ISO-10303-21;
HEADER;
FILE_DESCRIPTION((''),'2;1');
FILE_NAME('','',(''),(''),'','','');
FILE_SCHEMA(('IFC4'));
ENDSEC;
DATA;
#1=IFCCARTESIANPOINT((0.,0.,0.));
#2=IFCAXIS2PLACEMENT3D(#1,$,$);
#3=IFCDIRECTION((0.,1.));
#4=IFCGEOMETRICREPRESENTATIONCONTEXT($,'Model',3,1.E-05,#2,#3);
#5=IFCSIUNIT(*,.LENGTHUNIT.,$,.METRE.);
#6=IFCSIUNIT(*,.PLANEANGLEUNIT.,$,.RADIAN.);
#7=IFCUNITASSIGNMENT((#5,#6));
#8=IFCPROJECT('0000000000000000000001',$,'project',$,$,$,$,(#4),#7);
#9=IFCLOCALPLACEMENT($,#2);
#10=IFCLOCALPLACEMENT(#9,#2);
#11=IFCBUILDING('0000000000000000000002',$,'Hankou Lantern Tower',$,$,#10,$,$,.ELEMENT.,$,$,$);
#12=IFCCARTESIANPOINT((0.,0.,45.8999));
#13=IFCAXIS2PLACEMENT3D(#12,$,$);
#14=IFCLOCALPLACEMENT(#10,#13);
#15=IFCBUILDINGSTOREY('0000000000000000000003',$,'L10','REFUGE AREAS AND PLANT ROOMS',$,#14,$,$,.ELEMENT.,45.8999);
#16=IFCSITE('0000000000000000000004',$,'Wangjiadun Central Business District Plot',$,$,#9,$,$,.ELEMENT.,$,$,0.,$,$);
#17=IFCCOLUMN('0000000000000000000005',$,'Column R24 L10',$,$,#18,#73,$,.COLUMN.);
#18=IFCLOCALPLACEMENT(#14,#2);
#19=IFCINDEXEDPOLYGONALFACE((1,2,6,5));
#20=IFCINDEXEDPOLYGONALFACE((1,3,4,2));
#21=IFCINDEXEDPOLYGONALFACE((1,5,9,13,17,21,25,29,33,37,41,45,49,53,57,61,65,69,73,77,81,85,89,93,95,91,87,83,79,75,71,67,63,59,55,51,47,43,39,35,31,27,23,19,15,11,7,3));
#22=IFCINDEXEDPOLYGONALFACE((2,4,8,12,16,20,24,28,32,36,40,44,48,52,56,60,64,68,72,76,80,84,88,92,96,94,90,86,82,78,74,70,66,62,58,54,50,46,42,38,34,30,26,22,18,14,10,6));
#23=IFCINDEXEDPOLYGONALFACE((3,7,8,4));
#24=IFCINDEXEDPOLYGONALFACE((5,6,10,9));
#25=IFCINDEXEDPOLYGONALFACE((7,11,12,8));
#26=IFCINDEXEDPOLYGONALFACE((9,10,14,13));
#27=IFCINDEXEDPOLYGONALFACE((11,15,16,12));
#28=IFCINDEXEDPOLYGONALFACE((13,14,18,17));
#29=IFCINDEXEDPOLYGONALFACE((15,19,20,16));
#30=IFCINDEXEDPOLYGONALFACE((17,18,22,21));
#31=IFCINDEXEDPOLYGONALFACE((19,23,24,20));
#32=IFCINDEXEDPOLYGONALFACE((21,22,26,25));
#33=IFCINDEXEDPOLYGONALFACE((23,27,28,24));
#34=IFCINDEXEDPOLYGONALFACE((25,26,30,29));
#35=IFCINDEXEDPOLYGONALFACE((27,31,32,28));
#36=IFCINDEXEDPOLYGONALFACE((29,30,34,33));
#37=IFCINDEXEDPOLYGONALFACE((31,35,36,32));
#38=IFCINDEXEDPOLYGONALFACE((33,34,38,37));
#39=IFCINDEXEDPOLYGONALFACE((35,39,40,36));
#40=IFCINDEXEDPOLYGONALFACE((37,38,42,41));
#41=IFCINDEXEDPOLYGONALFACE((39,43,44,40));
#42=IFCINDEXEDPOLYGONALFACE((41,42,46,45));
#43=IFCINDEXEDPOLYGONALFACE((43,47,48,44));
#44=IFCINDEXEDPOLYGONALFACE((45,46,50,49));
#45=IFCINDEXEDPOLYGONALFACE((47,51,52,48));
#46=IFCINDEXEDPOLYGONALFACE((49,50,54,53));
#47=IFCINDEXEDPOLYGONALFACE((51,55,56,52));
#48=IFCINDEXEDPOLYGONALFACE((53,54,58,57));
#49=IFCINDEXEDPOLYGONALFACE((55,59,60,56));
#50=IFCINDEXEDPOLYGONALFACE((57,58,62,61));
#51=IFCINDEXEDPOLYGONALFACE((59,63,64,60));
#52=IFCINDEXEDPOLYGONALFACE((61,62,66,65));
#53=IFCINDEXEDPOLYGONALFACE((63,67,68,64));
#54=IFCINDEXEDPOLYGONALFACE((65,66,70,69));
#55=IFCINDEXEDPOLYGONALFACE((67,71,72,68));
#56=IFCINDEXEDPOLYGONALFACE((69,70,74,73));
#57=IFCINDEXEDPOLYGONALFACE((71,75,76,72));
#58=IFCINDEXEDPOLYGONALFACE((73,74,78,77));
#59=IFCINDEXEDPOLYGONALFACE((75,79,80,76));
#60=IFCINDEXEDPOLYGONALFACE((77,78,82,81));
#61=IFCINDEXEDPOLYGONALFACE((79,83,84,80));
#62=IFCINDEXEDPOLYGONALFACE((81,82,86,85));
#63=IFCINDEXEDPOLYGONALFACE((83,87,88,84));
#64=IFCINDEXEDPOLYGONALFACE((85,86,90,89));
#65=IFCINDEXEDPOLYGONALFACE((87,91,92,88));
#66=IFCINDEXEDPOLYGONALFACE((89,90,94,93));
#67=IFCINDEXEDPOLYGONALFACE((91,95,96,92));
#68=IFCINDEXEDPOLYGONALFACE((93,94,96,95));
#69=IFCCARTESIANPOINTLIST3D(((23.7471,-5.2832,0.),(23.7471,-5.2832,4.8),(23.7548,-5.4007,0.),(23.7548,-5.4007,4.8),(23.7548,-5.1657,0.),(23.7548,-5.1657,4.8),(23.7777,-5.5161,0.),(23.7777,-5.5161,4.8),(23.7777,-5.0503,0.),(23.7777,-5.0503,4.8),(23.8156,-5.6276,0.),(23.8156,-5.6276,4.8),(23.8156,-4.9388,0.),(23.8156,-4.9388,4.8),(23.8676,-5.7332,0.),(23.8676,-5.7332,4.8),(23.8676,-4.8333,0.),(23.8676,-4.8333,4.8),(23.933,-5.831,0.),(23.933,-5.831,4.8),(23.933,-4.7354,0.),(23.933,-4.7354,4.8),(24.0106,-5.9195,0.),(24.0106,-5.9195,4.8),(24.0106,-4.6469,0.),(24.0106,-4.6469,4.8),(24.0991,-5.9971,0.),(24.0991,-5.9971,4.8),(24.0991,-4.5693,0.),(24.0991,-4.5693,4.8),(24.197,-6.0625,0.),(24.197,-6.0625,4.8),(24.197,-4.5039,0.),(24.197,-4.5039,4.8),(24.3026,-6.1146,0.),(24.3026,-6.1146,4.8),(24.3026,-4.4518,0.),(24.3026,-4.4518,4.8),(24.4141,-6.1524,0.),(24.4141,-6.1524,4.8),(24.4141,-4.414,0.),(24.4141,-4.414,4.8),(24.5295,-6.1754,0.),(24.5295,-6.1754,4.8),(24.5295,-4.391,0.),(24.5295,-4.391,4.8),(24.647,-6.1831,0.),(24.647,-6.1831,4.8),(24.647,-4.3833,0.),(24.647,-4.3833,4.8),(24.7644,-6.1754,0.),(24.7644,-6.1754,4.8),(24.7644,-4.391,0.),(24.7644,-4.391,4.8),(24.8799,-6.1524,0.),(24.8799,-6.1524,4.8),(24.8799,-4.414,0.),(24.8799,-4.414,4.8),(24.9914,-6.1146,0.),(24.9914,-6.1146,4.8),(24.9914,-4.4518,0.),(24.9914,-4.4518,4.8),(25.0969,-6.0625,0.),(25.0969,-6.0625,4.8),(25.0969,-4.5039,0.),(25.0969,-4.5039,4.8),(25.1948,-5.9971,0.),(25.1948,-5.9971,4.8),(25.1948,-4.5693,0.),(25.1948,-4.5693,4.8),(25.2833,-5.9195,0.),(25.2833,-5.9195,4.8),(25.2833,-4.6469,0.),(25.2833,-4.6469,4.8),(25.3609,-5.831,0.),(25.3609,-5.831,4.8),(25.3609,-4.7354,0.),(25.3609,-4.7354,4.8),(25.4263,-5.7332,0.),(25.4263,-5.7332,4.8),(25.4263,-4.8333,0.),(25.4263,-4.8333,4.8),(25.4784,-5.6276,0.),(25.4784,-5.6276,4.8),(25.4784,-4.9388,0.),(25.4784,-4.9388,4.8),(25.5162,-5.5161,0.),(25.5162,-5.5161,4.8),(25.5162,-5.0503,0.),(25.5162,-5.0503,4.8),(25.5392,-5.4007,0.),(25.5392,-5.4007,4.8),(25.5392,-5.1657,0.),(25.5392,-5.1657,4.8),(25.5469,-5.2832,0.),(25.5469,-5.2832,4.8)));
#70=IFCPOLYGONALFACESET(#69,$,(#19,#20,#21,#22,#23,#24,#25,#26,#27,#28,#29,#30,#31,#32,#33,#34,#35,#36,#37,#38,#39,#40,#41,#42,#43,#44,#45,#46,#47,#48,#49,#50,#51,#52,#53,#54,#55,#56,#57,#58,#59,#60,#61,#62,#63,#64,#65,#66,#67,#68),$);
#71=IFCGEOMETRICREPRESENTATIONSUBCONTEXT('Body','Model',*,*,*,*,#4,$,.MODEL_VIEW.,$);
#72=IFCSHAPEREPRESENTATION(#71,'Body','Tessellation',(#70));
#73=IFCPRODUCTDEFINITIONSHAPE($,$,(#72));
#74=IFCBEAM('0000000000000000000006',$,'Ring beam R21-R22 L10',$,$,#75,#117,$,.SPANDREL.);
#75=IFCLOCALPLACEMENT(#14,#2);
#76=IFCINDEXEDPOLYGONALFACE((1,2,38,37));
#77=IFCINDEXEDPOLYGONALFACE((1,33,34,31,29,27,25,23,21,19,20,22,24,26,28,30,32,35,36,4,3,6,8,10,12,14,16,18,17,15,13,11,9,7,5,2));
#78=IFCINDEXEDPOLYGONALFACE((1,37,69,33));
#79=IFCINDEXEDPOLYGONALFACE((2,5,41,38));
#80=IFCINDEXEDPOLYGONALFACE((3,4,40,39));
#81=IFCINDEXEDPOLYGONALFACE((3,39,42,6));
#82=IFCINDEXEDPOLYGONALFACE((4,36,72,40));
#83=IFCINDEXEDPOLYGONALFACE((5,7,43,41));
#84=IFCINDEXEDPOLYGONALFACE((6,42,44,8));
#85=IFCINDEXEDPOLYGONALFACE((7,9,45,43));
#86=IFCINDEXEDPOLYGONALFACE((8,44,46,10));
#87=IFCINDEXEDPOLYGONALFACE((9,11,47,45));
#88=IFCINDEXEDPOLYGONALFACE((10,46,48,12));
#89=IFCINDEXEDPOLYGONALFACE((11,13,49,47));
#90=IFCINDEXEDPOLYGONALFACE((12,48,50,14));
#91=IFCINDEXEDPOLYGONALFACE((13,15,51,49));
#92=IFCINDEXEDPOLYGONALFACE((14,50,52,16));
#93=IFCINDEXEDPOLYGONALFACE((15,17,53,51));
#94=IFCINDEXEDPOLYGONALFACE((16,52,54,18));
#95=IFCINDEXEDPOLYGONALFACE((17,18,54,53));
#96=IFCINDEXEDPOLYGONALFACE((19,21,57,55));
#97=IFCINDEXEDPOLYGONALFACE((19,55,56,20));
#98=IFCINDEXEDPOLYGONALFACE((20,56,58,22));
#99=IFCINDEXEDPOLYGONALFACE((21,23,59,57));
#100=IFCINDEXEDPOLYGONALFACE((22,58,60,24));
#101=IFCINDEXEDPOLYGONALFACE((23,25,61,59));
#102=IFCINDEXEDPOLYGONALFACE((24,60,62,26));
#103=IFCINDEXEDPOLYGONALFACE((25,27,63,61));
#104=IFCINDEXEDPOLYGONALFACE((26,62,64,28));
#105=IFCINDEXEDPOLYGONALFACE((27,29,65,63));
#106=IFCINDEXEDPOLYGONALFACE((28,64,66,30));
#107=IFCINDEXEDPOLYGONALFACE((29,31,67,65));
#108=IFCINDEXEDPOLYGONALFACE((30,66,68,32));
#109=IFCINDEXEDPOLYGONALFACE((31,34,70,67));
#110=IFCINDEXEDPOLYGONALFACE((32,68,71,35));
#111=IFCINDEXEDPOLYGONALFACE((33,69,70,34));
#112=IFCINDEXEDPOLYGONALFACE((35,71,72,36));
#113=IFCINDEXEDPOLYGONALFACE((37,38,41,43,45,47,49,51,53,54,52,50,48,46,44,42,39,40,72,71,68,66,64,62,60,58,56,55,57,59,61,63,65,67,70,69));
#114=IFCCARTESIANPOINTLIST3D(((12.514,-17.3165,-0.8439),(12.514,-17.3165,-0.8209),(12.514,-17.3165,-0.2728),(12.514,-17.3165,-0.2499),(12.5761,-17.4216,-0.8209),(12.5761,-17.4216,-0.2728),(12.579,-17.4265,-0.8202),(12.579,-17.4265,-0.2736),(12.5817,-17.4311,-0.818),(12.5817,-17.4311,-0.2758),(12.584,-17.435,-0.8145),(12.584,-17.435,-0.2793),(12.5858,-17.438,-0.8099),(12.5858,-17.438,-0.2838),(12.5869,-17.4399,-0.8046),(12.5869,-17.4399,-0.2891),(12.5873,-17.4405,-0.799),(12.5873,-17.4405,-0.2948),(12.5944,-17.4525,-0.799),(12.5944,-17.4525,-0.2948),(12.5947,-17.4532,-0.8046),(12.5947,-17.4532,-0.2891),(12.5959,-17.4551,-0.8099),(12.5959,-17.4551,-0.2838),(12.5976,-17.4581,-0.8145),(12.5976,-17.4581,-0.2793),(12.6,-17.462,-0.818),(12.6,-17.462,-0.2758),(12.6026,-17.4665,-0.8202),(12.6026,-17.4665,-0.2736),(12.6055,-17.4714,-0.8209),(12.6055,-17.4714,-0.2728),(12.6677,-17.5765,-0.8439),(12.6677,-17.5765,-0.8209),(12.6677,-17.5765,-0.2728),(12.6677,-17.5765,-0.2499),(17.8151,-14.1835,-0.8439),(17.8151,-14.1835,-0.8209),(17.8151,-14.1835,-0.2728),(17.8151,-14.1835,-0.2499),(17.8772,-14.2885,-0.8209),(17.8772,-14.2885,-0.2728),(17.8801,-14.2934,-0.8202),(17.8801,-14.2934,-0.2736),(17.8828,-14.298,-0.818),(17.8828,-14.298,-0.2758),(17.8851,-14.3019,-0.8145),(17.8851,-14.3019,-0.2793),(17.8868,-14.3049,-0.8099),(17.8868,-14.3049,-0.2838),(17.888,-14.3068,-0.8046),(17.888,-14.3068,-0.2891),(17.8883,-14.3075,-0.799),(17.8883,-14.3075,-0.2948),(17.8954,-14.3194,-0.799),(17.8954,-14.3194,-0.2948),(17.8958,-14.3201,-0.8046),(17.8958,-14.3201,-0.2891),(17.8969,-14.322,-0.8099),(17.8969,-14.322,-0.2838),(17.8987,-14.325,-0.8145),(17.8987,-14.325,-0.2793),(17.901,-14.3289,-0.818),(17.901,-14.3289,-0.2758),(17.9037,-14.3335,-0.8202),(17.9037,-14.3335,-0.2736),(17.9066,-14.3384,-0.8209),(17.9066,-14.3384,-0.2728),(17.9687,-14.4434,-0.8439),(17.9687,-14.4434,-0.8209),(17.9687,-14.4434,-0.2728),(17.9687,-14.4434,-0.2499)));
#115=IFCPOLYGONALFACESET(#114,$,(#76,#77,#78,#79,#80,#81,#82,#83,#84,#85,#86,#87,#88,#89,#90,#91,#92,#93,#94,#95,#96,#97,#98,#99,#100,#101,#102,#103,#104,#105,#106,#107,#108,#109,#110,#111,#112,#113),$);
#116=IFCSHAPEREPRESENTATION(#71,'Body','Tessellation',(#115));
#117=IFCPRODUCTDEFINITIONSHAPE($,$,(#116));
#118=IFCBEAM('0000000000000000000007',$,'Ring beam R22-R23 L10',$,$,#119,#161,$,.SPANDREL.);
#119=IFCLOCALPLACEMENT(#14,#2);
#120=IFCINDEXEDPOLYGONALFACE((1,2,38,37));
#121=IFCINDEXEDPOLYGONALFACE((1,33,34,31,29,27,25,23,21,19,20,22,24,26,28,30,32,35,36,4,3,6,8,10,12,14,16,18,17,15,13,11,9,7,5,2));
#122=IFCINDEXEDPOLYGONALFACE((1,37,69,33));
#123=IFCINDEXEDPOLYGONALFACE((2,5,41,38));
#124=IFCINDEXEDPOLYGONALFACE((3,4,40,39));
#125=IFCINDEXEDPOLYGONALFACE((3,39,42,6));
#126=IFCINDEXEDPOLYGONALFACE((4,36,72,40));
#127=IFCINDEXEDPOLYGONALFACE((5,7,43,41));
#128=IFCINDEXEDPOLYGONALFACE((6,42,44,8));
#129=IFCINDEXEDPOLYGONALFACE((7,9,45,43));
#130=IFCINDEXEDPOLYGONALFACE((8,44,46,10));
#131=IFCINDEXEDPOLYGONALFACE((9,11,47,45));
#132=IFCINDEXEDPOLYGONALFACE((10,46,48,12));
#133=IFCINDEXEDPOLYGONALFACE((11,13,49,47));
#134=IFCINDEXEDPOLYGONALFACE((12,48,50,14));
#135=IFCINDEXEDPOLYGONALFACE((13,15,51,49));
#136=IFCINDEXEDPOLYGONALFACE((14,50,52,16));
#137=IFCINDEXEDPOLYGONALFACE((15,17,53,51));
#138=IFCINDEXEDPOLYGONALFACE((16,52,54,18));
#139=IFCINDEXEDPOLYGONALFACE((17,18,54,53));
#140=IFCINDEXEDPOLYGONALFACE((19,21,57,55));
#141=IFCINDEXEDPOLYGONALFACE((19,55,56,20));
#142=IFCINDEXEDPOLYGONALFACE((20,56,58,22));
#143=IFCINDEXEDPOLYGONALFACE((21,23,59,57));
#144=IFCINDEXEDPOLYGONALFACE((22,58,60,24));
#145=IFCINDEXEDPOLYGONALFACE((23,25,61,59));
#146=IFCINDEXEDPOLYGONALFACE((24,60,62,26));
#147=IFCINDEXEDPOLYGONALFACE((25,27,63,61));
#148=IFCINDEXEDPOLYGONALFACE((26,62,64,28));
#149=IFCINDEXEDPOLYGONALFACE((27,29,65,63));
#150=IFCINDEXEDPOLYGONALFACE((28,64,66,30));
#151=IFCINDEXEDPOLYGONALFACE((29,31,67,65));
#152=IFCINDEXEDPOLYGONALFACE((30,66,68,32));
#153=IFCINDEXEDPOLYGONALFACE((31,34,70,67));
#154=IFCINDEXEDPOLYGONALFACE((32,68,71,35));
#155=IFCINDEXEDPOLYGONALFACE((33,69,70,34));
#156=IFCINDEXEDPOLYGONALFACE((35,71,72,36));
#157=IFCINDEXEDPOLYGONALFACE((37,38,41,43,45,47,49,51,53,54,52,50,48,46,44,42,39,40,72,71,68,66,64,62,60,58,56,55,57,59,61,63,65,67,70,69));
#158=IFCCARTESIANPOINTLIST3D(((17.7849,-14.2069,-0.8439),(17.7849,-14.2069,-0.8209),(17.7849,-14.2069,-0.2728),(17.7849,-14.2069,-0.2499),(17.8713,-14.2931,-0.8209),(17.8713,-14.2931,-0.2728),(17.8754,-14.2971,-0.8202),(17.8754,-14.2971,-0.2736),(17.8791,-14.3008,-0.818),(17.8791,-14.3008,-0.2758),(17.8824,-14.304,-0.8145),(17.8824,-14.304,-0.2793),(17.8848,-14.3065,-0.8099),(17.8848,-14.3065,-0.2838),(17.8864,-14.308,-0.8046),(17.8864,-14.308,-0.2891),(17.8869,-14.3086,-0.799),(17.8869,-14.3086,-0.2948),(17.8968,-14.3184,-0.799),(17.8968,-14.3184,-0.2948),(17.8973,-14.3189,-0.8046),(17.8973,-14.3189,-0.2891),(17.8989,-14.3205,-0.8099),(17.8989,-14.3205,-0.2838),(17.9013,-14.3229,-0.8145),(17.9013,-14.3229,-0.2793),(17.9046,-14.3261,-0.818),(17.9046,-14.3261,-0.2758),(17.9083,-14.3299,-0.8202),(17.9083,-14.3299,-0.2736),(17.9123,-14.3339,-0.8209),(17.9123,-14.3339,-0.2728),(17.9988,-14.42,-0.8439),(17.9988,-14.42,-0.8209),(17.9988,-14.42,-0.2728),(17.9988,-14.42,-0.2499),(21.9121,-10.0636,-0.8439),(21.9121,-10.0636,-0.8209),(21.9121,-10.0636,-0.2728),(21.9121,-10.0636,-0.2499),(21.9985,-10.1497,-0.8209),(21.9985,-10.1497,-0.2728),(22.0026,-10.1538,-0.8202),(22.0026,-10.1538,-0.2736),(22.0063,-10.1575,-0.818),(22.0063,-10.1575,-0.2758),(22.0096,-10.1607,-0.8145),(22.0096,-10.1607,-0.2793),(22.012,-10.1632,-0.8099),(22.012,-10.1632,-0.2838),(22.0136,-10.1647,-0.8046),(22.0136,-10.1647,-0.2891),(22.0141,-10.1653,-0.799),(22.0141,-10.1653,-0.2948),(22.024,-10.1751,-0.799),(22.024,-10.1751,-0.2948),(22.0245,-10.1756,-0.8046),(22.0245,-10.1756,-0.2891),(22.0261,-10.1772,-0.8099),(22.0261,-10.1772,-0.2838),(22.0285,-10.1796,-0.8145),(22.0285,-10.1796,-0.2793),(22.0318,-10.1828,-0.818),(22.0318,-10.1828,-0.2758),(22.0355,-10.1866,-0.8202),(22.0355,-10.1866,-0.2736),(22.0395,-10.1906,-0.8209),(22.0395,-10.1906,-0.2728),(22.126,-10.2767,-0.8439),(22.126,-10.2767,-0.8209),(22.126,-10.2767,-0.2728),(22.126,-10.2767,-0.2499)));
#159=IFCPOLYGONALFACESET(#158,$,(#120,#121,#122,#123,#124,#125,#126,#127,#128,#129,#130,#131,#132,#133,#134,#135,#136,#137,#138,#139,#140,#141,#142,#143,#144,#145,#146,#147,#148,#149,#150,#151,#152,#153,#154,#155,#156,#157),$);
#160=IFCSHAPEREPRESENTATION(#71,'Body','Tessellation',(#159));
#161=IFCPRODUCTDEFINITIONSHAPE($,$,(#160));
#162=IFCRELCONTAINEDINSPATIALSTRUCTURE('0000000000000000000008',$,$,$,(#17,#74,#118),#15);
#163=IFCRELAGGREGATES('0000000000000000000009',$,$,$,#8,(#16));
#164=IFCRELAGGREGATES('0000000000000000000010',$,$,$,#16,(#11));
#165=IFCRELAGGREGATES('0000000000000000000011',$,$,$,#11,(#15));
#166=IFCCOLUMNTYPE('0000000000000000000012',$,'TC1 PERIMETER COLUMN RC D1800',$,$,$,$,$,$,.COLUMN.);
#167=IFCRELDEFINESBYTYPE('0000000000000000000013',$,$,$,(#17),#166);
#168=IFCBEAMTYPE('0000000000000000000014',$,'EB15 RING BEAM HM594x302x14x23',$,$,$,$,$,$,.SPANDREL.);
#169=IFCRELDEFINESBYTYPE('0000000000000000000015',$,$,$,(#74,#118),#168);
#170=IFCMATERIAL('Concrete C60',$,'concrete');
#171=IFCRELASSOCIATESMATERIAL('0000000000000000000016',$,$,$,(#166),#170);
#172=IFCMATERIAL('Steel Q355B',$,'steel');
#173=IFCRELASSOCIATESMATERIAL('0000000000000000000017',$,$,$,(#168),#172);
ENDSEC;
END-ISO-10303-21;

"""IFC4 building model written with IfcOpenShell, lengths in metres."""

from ifc_helpers import new_model, si_unit, direction, frame, origin, origin_2d, place, context, subcontext, project, spatial, circle, i_section, extrude, material, material_profile, profile_set, type_object, element, save


model = new_model("IFC4")

# Units and contexts
model_context = context("Model", 3, precision=1e-05, world=origin(), true_north=direction((0.0, 1.0)))
body_context = subcontext(model_context, "Body", "Model", "MODEL_VIEW")
ifc_project = project(units=[si_unit("LENGTHUNIT", "METRE"), si_unit("PLANEANGLEUNIT", "RADIAN")], contexts=[model_context])

# Site, building, storey
site_placement = place(None, origin())
site = spatial("IfcSite", under=ifc_project, at=site_placement, Name="Wangjiadun Central Business District Plot", CompositionType="ELEMENT", RefElevation=0.0)
building_placement = place(site_placement, origin())
building = spatial("IfcBuilding", under=site, at=building_placement, Name="Hankou Lantern Tower", CompositionType="ELEMENT")
storey_placement = place(building_placement, frame((0.0, 0.0, 45.8999)))
storey = spatial("IfcBuildingStorey", under=building, at=storey_placement, Name="L10", Description="REFUGE AREAS AND PLANT ROOMS", CompositionType="ELEMENT", Elevation=45.8999)

# Column
ifc_material_1 = material(Name="Concrete C60", Category="concrete")
ifc_material_profile_1 = material_profile(ifc_material_1, circle(Radius=0.8999, at=origin_2d()), Name="RC D1800")
ifc_profile_set_1 = profile_set([ifc_material_profile_1], Name="Concrete C60")
column_type = type_object("IfcColumnType", Name="TC1 PERIMETER COLUMN RC D1800", PredefinedType="COLUMN", material=ifc_profile_set_1)
for number, where, z_axis, x_axis, name in (
    (1, (24.647, -5.2832, 0.0), (0.0, 0.0, 1.0), (1.0, 0.0, 0.0), "Column R24 L10"),
):
    element("IfcColumn", number, at=place(storey_placement, frame(where, z_axis=z_axis, x_axis=x_axis)), inside=storey, type_object=column_type, Name=name, PredefinedType="COLUMN", context=body_context, shape_type="SweptSolid", body=[
        extrude(circle(Radius=0.8999, at=origin_2d()), origin(), (0.0, 0.0, 1.0), 4.8),
    ])

# Beams
ifc_material_2 = material(Name="Steel Q355B", Category="steel")
ifc_material_profile_2 = material_profile(ifc_material_2, i_section(OverallWidth=0.302, OverallDepth=0.594, WebThickness=0.0139, FlangeThickness=0.0229, FilletRadius=0.022, at=origin_2d()), Name="HM594x302x14x23")
ifc_profile_set_2 = profile_set([ifc_material_profile_2], Name="Steel Q355B")
beam_type_1 = type_object("IfcBeamType", Name="EB15 RING BEAM HM594x302x14x23", PredefinedType="SPANDREL", material=ifc_profile_set_2)
beam_1_placement = place(storey_placement, frame((12.5908, -17.4465, -0.5469), z_axis=(0.860882, 0.508805, 0.0), x_axis=(-0.508805, 0.860882, 0.0)))
element("IfcBeam", 2, at=beam_1_placement, inside=storey, type_object=beam_type_1, Name="Ring beam R21-R22 L10", PredefinedType="SPANDREL", context=body_context, shape_type="SweptSolid", body=[
    extrude(i_section(OverallWidth=0.302, OverallDepth=0.594, WebThickness=0.0139, FlangeThickness=0.0229, FilletRadius=0.022, at=origin_2d()), origin(), (0.0, 0.0, 1.0), 6.1577),
])
beam_2_placement = place(storey_placement, frame((17.8918, -14.3135, -0.5469), z_axis=(0.705728, 0.708483, 0.0), x_axis=(-0.708483, 0.705728, 0.0)))
element("IfcBeam", 3, at=beam_2_placement, inside=storey, type_object=beam_type_1, Name="Ring beam R22-R23 L10", PredefinedType="SPANDREL", context=body_context, shape_type="SweptSolid", body=[
    extrude(i_section(OverallWidth=0.302, OverallDepth=0.594, WebThickness=0.0139, FlangeThickness=0.0229, FilletRadius=0.022, at=origin_2d()), origin(), (0.0, 0.0, 1.0), 5.8481),
])

save(model, "model.ifc")
